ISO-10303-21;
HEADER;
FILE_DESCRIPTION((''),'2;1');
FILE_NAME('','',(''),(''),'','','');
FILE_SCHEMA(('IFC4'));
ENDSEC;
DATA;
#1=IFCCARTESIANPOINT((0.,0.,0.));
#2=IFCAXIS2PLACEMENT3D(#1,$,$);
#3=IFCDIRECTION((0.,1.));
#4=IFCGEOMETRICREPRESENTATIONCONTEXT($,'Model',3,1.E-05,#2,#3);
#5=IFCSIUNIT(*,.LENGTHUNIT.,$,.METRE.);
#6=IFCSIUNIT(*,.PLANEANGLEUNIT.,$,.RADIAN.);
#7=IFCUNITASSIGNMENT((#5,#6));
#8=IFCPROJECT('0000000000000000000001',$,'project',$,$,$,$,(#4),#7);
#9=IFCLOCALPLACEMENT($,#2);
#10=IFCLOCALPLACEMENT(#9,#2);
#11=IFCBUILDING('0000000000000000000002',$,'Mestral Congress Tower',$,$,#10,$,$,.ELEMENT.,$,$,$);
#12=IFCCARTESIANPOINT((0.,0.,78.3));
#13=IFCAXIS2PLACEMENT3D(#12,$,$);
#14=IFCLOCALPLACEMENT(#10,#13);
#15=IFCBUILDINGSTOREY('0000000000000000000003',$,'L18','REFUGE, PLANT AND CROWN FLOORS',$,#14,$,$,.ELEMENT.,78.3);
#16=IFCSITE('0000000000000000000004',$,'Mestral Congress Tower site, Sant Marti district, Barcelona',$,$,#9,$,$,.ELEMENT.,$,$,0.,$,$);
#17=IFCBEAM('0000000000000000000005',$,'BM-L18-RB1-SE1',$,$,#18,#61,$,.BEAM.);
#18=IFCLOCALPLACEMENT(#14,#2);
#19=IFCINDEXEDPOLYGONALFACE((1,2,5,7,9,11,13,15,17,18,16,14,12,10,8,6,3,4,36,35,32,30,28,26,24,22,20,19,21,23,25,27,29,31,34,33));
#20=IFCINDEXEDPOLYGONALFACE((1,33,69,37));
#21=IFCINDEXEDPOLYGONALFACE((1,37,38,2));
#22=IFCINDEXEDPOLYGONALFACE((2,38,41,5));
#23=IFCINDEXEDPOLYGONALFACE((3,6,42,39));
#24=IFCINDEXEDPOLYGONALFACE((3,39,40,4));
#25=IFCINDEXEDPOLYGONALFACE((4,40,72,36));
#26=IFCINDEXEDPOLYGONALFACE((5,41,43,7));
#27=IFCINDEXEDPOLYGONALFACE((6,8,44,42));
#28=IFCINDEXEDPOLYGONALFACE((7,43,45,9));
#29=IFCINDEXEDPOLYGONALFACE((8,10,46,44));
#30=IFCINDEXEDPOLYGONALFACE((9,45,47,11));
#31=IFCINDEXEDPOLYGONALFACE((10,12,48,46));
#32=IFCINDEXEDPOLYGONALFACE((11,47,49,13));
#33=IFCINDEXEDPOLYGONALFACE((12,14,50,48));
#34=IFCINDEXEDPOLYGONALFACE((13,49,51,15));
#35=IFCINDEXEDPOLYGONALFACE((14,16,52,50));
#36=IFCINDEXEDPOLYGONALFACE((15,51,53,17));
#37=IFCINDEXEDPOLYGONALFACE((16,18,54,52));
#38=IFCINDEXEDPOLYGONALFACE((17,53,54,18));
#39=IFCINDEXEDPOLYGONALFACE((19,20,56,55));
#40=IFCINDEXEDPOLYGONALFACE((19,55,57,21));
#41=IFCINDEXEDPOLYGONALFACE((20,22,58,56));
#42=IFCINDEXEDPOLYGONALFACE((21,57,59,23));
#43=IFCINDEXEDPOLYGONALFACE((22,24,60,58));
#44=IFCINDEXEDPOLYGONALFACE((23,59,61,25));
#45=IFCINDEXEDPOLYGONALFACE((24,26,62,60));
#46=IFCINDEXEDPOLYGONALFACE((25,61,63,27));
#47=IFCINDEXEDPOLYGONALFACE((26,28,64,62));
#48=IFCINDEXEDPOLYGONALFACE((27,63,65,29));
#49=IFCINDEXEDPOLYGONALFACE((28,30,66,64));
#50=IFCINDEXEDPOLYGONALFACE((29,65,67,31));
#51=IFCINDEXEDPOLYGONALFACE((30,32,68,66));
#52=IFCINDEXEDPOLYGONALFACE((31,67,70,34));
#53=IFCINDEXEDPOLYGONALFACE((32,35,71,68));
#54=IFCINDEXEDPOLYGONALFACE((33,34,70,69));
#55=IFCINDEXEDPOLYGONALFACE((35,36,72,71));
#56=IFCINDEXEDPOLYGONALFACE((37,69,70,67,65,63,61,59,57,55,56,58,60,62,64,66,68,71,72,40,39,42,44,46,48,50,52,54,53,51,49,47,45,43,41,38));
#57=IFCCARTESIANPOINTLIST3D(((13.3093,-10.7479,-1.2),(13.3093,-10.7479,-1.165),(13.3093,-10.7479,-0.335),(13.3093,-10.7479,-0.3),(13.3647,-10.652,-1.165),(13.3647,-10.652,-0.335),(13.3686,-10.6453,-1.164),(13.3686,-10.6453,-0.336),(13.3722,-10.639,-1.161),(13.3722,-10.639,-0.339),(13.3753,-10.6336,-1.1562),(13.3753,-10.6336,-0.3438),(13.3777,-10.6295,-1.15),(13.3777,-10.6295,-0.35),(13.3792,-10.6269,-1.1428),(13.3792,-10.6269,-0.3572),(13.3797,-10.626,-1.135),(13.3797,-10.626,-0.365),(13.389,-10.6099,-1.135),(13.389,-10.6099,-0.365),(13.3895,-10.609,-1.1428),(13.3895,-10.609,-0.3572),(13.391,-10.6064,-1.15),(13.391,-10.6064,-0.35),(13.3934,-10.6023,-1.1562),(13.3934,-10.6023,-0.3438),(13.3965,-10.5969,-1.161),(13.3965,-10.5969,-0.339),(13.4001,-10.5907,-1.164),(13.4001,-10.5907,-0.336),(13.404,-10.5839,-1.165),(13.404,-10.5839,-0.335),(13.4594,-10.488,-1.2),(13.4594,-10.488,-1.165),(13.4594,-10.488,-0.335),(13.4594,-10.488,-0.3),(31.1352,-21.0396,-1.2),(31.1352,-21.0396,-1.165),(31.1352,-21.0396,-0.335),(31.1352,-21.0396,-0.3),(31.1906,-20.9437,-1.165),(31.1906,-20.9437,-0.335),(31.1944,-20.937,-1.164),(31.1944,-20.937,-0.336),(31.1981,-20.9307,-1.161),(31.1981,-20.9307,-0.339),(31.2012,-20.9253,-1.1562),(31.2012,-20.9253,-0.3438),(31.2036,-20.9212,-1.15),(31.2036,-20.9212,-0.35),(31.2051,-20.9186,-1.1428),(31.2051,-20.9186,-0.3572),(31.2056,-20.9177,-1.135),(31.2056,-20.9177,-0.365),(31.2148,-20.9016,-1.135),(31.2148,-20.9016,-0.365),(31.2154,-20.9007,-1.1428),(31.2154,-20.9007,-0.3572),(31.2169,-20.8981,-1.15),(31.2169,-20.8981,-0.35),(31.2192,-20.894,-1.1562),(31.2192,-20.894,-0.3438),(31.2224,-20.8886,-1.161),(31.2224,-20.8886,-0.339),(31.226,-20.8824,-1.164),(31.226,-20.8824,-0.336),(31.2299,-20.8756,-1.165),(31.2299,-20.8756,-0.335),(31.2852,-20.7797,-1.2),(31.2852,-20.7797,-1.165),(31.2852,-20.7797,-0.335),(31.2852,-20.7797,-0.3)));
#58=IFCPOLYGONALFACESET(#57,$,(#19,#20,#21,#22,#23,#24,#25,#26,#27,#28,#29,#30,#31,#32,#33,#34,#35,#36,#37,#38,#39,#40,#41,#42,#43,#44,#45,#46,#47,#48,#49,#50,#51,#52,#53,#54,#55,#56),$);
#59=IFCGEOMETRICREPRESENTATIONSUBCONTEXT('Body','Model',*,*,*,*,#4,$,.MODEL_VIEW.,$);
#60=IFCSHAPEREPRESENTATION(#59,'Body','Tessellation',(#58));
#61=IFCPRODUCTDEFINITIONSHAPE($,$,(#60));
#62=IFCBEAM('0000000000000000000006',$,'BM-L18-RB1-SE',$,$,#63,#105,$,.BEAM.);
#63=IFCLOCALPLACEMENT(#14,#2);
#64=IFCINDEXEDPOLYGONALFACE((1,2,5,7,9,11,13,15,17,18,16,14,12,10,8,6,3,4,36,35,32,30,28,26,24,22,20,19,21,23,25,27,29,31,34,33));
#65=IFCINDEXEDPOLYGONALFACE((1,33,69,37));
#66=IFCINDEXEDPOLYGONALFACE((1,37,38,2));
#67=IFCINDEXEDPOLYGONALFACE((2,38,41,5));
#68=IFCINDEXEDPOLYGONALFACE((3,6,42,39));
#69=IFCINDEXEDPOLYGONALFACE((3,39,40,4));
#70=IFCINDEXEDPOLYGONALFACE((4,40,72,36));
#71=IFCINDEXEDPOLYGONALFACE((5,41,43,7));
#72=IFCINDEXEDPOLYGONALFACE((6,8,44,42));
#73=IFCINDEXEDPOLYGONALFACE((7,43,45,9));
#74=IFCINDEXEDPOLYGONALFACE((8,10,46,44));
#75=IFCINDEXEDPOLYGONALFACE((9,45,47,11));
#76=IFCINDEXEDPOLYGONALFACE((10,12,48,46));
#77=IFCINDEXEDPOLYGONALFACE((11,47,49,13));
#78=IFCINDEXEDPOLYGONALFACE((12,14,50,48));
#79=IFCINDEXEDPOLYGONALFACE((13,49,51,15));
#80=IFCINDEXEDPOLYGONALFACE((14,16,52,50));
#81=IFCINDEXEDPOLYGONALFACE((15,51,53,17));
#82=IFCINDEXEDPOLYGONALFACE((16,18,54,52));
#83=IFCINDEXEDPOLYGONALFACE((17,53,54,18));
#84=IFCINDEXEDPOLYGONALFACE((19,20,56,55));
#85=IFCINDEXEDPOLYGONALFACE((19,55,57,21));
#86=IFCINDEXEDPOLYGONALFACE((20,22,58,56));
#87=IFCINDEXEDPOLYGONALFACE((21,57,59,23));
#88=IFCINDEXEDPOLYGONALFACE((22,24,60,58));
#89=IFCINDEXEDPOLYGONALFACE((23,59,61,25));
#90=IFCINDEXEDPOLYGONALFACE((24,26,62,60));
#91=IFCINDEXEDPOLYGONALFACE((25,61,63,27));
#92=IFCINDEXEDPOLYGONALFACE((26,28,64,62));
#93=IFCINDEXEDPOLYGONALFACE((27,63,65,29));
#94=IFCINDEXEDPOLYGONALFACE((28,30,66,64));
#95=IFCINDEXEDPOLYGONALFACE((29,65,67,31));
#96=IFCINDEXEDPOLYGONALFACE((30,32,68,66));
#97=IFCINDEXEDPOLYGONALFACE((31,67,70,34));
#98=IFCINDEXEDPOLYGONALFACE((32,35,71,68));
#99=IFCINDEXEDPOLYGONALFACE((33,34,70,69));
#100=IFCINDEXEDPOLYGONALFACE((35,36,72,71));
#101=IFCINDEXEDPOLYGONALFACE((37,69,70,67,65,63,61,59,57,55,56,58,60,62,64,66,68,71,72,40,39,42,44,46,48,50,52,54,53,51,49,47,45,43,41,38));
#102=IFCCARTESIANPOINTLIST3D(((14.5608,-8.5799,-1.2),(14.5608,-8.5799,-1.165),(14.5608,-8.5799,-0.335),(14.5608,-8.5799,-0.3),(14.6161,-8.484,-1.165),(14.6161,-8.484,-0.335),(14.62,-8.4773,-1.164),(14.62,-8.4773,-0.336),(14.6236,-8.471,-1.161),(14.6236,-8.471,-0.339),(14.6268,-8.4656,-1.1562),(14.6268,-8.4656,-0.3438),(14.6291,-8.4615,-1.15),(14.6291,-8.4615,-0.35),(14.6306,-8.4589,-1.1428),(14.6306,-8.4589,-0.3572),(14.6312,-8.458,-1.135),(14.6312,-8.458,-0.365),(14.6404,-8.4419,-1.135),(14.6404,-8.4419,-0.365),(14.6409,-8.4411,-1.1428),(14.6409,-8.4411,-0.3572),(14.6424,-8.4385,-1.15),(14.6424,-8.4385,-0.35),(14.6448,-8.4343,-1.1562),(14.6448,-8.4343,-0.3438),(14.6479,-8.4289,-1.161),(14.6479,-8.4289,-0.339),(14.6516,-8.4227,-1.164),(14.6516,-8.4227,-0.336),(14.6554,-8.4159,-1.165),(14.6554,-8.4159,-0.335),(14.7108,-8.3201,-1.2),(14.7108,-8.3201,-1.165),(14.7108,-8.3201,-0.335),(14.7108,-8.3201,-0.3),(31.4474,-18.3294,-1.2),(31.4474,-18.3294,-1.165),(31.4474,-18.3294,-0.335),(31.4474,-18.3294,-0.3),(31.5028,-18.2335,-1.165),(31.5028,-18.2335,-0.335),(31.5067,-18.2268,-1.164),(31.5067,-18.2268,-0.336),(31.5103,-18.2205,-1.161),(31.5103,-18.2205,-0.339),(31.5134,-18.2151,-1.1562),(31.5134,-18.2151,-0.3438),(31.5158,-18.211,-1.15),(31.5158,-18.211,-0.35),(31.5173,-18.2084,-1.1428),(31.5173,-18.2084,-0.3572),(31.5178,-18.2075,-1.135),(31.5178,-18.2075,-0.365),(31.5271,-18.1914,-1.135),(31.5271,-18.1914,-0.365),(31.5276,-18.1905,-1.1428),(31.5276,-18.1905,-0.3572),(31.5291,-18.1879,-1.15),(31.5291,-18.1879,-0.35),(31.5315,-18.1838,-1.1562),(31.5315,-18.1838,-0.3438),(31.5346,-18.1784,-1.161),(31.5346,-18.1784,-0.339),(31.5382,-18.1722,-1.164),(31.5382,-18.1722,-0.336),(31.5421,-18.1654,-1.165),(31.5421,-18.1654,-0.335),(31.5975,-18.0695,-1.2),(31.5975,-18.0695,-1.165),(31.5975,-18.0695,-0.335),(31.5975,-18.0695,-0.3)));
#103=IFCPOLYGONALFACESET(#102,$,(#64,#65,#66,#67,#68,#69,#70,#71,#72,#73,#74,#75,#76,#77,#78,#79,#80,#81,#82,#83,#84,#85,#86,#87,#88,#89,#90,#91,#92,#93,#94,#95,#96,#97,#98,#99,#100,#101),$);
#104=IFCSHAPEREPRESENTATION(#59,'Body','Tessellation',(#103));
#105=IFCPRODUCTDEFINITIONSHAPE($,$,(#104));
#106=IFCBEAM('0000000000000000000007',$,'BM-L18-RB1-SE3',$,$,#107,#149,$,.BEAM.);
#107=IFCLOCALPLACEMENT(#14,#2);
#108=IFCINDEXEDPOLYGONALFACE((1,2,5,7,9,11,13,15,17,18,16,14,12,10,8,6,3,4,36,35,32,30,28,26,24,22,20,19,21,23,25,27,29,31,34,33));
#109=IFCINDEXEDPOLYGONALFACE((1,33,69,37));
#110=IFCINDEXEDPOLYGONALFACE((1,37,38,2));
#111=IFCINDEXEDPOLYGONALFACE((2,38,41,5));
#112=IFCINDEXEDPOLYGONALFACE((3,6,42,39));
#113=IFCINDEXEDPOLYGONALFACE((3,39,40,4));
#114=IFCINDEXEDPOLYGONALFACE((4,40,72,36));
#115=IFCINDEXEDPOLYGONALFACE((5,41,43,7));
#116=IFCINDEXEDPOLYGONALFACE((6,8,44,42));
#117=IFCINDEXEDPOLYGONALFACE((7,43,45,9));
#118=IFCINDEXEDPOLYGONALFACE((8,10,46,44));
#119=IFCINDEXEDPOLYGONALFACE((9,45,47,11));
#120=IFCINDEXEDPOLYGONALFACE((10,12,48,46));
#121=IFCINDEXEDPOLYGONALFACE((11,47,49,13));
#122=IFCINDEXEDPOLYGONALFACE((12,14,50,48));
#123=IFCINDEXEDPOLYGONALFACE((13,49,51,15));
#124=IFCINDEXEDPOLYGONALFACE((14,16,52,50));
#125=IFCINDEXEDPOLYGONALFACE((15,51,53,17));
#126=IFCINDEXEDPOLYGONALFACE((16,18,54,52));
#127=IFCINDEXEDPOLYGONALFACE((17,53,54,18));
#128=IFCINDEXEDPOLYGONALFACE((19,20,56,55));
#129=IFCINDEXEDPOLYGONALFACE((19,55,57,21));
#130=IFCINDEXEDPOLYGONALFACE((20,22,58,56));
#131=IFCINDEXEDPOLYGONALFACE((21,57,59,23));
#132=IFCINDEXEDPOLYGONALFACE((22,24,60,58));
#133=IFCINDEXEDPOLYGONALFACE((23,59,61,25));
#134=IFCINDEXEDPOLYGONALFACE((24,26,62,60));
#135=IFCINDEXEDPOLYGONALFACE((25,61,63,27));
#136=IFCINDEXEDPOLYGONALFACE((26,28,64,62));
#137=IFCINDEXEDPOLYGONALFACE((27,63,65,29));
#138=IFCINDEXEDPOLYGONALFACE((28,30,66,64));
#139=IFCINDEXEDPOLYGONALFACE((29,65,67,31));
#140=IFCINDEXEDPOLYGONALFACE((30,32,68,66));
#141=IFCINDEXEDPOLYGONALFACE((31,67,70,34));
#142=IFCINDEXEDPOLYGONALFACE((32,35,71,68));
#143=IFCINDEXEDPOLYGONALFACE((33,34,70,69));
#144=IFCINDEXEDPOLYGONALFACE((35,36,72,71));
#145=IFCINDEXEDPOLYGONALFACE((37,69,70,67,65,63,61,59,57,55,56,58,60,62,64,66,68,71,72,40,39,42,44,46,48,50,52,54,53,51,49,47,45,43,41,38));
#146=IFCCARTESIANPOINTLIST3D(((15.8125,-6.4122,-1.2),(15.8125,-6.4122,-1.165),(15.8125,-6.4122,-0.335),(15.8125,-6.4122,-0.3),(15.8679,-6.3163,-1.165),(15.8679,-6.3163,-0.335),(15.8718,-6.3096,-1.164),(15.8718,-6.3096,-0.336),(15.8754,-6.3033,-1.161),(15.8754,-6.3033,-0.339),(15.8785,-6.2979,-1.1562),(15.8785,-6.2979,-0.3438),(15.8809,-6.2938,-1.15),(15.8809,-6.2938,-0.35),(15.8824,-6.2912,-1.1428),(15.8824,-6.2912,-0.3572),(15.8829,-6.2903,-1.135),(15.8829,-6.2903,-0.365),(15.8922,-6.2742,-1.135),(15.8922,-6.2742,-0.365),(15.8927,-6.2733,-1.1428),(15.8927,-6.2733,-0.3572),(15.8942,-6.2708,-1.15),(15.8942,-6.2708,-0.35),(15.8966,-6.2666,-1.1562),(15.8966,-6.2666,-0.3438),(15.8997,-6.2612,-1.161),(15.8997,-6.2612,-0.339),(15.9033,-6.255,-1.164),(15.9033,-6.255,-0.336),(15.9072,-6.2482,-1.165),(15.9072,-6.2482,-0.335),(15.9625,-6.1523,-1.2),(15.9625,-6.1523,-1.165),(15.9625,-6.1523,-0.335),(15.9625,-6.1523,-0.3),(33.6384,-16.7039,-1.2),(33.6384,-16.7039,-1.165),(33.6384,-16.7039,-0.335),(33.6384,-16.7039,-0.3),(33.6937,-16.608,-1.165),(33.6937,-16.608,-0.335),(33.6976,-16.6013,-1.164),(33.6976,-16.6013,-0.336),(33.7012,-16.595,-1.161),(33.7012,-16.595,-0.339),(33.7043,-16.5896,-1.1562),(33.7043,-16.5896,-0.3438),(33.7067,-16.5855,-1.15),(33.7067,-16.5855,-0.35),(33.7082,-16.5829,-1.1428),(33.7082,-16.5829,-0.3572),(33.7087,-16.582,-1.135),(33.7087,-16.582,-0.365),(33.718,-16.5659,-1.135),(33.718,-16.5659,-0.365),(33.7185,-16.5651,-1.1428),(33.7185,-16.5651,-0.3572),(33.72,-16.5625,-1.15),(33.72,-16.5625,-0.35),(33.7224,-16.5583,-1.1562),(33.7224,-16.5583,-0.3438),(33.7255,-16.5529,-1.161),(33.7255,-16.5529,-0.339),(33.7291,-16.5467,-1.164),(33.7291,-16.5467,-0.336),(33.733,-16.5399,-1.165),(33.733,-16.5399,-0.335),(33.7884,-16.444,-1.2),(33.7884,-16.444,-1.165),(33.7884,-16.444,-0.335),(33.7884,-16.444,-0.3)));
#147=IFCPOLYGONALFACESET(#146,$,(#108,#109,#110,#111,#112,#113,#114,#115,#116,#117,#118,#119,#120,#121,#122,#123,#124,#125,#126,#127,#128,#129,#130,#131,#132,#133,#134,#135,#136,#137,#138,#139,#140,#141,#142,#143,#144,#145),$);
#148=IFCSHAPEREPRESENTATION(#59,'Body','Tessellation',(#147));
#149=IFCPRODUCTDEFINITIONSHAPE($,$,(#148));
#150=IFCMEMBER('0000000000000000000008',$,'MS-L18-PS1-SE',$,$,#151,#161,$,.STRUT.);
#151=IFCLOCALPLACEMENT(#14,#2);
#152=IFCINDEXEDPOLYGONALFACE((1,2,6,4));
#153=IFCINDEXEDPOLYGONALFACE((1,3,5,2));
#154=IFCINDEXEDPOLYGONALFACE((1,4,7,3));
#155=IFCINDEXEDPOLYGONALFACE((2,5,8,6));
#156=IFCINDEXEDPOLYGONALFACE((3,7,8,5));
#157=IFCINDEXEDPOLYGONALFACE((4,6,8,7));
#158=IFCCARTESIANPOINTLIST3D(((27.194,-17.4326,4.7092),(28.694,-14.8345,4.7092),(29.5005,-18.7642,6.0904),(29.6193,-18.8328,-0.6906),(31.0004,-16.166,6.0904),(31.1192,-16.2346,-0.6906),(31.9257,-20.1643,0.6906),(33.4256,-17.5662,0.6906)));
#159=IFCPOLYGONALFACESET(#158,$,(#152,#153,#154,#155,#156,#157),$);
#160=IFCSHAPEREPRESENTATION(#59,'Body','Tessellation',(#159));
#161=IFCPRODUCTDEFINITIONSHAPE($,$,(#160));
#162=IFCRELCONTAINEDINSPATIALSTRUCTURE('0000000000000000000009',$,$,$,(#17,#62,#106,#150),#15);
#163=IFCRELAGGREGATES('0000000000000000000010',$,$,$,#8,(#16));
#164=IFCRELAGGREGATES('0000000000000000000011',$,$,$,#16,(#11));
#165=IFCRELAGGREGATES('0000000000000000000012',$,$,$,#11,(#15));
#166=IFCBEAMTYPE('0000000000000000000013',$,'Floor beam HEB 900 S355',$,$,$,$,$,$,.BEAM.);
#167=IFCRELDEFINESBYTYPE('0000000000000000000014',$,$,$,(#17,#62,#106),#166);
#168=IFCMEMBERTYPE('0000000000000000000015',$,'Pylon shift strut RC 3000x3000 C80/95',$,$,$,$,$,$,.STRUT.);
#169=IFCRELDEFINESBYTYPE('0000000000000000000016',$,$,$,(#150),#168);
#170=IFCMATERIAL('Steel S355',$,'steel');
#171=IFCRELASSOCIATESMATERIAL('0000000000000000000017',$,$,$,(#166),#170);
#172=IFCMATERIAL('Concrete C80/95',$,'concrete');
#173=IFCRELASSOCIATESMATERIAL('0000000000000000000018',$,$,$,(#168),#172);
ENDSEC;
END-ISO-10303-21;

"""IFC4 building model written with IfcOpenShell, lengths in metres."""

from ifc_helpers import new_model, si_unit, direction, frame, origin, origin_2d, place, context, subcontext, project, spatial, rectangle, i_section, extrude, material, material_profile, profile_set, type_object, element, save


model = new_model("IFC4")

# Units and contexts
model_context = context("Model", 3, precision=1e-05, world=origin(), true_north=direction((0.0, 1.0)))
body_context = subcontext(model_context, "Body", "Model", "MODEL_VIEW")
ifc_project = project(units=[si_unit("LENGTHUNIT", "METRE"), si_unit("PLANEANGLEUNIT", "RADIAN")], contexts=[model_context])

# Site, building, storey
site_placement = place(None, origin())
site = spatial("IfcSite", under=ifc_project, at=site_placement, Name="Mestral Congress Tower site, Sant Marti district, Barcelona", CompositionType="ELEMENT", RefElevation=0.0)
building_placement = place(site_placement, origin())
building = spatial("IfcBuilding", under=site, at=building_placement, Name="Mestral Congress Tower", CompositionType="ELEMENT")
storey_placement = place(building_placement, frame((0.0, 0.0, 78.3)))
storey = spatial("IfcBuildingStorey", under=building, at=storey_placement, Name="L18", Description="REFUGE, PLANT AND CROWN FLOORS", CompositionType="ELEMENT", Elevation=78.3)

# Shared definitions
ifc_material_1 = material(Name="Steel S355", Category="steel")

# Beams
ifc_material_profile_1 = material_profile(ifc_material_1, i_section(OverallWidth=0.3, OverallDepth=0.8999, WebThickness=0.0186, FlangeThickness=0.0349, FilletRadius=0.03, at=origin_2d()), Name="HEB 900")
ifc_profile_set_1 = profile_set([ifc_material_profile_1], Name="Steel S355")
beam_type_1 = type_object("IfcBeamType", Name="Floor beam HEB 900 S355", PredefinedType="BEAM", material=ifc_profile_set_1)
beam_1_placement = place(storey_placement, frame((31.2102, -20.9097, -0.75), z_axis=(-0.866027, 0.499998, 0.0), x_axis=(-0.499998, -0.866027, 0.0)))
element("IfcBeam", 1, at=beam_1_placement, inside=storey, type_object=beam_type_1, Name="BM-L18-RB1-SE1", PredefinedType="BEAM", context=body_context, shape_type="SweptSolid", body=[
    extrude(i_section(OverallWidth=0.3, OverallDepth=0.8999, WebThickness=0.0186, FlangeThickness=0.0349, FilletRadius=0.03, at=origin_2d()), origin(), (0.0, 0.0, 1.0), 20.5835),
])
beam_2_placement = place(storey_placement, frame((31.5225, -18.1995, -0.75), z_axis=(-0.866026, 0.499998, 0.0), x_axis=(-0.499998, -0.866026, 0.0)))
element("IfcBeam", 2, at=beam_2_placement, inside=storey, type_object=beam_type_1, Name="BM-L18-RB1-SE", PredefinedType="BEAM", context=body_context, shape_type="SweptSolid", body=[
    extrude(i_section(OverallWidth=0.3, OverallDepth=0.8999, WebThickness=0.0186, FlangeThickness=0.0349, FilletRadius=0.03, at=origin_2d()), origin(), (0.0, 0.0, 1.0), 19.499),
])
beam_3_placement = place(storey_placement, frame((33.7134, -16.574, -0.75), z_axis=(-0.866027, 0.499998, 0.0), x_axis=(-0.499998, -0.866027, 0.0)))
element("IfcBeam", 3, at=beam_3_placement, inside=storey, type_object=beam_type_1, Name="BM-L18-RB1-SE3", PredefinedType="BEAM", context=body_context, shape_type="SweptSolid", body=[
    extrude(i_section(OverallWidth=0.3, OverallDepth=0.8999, WebThickness=0.0186, FlangeThickness=0.0349, FilletRadius=0.03, at=origin_2d()), origin(), (0.0, 0.0, 1.0), 20.5835),
])

# Member
ifc_material_2 = material(Name="Concrete C80/95", Category="concrete")
ifc_material_profile_2 = material_profile(ifc_material_2, rectangle(XDim=3.0, YDim=3.0, at=origin_2d()), Name="RC 3000x3000")
ifc_profile_set_2 = profile_set([ifc_material_profile_2], Name="Concrete C80/95")
member_type_1 = type_object("IfcMemberType", Name="Pylon shift strut RC 3000x3000 C80/95", PredefinedType="STRUT", material=ifc_profile_set_2)
member_1_placement = place(storey_placement, frame((31.5225, -18.1995, 0.0), z_axis=(-0.398708, 0.230178, 0.887722), x_axis=(-0.499974, -0.86604, 0.0)))
element("IfcMember", 4, at=member_1_placement, inside=storey, type_object=member_type_1, Name="MS-L18-PS1-SE", PredefinedType="STRUT", context=body_context, shape_type="SweptSolid", body=[
    extrude(rectangle(XDim=3.0, YDim=3.0, at=origin_2d()), origin(), (0.0, 0.0, 1.0), 6.0828),
])

save(model, "model.ifc")
